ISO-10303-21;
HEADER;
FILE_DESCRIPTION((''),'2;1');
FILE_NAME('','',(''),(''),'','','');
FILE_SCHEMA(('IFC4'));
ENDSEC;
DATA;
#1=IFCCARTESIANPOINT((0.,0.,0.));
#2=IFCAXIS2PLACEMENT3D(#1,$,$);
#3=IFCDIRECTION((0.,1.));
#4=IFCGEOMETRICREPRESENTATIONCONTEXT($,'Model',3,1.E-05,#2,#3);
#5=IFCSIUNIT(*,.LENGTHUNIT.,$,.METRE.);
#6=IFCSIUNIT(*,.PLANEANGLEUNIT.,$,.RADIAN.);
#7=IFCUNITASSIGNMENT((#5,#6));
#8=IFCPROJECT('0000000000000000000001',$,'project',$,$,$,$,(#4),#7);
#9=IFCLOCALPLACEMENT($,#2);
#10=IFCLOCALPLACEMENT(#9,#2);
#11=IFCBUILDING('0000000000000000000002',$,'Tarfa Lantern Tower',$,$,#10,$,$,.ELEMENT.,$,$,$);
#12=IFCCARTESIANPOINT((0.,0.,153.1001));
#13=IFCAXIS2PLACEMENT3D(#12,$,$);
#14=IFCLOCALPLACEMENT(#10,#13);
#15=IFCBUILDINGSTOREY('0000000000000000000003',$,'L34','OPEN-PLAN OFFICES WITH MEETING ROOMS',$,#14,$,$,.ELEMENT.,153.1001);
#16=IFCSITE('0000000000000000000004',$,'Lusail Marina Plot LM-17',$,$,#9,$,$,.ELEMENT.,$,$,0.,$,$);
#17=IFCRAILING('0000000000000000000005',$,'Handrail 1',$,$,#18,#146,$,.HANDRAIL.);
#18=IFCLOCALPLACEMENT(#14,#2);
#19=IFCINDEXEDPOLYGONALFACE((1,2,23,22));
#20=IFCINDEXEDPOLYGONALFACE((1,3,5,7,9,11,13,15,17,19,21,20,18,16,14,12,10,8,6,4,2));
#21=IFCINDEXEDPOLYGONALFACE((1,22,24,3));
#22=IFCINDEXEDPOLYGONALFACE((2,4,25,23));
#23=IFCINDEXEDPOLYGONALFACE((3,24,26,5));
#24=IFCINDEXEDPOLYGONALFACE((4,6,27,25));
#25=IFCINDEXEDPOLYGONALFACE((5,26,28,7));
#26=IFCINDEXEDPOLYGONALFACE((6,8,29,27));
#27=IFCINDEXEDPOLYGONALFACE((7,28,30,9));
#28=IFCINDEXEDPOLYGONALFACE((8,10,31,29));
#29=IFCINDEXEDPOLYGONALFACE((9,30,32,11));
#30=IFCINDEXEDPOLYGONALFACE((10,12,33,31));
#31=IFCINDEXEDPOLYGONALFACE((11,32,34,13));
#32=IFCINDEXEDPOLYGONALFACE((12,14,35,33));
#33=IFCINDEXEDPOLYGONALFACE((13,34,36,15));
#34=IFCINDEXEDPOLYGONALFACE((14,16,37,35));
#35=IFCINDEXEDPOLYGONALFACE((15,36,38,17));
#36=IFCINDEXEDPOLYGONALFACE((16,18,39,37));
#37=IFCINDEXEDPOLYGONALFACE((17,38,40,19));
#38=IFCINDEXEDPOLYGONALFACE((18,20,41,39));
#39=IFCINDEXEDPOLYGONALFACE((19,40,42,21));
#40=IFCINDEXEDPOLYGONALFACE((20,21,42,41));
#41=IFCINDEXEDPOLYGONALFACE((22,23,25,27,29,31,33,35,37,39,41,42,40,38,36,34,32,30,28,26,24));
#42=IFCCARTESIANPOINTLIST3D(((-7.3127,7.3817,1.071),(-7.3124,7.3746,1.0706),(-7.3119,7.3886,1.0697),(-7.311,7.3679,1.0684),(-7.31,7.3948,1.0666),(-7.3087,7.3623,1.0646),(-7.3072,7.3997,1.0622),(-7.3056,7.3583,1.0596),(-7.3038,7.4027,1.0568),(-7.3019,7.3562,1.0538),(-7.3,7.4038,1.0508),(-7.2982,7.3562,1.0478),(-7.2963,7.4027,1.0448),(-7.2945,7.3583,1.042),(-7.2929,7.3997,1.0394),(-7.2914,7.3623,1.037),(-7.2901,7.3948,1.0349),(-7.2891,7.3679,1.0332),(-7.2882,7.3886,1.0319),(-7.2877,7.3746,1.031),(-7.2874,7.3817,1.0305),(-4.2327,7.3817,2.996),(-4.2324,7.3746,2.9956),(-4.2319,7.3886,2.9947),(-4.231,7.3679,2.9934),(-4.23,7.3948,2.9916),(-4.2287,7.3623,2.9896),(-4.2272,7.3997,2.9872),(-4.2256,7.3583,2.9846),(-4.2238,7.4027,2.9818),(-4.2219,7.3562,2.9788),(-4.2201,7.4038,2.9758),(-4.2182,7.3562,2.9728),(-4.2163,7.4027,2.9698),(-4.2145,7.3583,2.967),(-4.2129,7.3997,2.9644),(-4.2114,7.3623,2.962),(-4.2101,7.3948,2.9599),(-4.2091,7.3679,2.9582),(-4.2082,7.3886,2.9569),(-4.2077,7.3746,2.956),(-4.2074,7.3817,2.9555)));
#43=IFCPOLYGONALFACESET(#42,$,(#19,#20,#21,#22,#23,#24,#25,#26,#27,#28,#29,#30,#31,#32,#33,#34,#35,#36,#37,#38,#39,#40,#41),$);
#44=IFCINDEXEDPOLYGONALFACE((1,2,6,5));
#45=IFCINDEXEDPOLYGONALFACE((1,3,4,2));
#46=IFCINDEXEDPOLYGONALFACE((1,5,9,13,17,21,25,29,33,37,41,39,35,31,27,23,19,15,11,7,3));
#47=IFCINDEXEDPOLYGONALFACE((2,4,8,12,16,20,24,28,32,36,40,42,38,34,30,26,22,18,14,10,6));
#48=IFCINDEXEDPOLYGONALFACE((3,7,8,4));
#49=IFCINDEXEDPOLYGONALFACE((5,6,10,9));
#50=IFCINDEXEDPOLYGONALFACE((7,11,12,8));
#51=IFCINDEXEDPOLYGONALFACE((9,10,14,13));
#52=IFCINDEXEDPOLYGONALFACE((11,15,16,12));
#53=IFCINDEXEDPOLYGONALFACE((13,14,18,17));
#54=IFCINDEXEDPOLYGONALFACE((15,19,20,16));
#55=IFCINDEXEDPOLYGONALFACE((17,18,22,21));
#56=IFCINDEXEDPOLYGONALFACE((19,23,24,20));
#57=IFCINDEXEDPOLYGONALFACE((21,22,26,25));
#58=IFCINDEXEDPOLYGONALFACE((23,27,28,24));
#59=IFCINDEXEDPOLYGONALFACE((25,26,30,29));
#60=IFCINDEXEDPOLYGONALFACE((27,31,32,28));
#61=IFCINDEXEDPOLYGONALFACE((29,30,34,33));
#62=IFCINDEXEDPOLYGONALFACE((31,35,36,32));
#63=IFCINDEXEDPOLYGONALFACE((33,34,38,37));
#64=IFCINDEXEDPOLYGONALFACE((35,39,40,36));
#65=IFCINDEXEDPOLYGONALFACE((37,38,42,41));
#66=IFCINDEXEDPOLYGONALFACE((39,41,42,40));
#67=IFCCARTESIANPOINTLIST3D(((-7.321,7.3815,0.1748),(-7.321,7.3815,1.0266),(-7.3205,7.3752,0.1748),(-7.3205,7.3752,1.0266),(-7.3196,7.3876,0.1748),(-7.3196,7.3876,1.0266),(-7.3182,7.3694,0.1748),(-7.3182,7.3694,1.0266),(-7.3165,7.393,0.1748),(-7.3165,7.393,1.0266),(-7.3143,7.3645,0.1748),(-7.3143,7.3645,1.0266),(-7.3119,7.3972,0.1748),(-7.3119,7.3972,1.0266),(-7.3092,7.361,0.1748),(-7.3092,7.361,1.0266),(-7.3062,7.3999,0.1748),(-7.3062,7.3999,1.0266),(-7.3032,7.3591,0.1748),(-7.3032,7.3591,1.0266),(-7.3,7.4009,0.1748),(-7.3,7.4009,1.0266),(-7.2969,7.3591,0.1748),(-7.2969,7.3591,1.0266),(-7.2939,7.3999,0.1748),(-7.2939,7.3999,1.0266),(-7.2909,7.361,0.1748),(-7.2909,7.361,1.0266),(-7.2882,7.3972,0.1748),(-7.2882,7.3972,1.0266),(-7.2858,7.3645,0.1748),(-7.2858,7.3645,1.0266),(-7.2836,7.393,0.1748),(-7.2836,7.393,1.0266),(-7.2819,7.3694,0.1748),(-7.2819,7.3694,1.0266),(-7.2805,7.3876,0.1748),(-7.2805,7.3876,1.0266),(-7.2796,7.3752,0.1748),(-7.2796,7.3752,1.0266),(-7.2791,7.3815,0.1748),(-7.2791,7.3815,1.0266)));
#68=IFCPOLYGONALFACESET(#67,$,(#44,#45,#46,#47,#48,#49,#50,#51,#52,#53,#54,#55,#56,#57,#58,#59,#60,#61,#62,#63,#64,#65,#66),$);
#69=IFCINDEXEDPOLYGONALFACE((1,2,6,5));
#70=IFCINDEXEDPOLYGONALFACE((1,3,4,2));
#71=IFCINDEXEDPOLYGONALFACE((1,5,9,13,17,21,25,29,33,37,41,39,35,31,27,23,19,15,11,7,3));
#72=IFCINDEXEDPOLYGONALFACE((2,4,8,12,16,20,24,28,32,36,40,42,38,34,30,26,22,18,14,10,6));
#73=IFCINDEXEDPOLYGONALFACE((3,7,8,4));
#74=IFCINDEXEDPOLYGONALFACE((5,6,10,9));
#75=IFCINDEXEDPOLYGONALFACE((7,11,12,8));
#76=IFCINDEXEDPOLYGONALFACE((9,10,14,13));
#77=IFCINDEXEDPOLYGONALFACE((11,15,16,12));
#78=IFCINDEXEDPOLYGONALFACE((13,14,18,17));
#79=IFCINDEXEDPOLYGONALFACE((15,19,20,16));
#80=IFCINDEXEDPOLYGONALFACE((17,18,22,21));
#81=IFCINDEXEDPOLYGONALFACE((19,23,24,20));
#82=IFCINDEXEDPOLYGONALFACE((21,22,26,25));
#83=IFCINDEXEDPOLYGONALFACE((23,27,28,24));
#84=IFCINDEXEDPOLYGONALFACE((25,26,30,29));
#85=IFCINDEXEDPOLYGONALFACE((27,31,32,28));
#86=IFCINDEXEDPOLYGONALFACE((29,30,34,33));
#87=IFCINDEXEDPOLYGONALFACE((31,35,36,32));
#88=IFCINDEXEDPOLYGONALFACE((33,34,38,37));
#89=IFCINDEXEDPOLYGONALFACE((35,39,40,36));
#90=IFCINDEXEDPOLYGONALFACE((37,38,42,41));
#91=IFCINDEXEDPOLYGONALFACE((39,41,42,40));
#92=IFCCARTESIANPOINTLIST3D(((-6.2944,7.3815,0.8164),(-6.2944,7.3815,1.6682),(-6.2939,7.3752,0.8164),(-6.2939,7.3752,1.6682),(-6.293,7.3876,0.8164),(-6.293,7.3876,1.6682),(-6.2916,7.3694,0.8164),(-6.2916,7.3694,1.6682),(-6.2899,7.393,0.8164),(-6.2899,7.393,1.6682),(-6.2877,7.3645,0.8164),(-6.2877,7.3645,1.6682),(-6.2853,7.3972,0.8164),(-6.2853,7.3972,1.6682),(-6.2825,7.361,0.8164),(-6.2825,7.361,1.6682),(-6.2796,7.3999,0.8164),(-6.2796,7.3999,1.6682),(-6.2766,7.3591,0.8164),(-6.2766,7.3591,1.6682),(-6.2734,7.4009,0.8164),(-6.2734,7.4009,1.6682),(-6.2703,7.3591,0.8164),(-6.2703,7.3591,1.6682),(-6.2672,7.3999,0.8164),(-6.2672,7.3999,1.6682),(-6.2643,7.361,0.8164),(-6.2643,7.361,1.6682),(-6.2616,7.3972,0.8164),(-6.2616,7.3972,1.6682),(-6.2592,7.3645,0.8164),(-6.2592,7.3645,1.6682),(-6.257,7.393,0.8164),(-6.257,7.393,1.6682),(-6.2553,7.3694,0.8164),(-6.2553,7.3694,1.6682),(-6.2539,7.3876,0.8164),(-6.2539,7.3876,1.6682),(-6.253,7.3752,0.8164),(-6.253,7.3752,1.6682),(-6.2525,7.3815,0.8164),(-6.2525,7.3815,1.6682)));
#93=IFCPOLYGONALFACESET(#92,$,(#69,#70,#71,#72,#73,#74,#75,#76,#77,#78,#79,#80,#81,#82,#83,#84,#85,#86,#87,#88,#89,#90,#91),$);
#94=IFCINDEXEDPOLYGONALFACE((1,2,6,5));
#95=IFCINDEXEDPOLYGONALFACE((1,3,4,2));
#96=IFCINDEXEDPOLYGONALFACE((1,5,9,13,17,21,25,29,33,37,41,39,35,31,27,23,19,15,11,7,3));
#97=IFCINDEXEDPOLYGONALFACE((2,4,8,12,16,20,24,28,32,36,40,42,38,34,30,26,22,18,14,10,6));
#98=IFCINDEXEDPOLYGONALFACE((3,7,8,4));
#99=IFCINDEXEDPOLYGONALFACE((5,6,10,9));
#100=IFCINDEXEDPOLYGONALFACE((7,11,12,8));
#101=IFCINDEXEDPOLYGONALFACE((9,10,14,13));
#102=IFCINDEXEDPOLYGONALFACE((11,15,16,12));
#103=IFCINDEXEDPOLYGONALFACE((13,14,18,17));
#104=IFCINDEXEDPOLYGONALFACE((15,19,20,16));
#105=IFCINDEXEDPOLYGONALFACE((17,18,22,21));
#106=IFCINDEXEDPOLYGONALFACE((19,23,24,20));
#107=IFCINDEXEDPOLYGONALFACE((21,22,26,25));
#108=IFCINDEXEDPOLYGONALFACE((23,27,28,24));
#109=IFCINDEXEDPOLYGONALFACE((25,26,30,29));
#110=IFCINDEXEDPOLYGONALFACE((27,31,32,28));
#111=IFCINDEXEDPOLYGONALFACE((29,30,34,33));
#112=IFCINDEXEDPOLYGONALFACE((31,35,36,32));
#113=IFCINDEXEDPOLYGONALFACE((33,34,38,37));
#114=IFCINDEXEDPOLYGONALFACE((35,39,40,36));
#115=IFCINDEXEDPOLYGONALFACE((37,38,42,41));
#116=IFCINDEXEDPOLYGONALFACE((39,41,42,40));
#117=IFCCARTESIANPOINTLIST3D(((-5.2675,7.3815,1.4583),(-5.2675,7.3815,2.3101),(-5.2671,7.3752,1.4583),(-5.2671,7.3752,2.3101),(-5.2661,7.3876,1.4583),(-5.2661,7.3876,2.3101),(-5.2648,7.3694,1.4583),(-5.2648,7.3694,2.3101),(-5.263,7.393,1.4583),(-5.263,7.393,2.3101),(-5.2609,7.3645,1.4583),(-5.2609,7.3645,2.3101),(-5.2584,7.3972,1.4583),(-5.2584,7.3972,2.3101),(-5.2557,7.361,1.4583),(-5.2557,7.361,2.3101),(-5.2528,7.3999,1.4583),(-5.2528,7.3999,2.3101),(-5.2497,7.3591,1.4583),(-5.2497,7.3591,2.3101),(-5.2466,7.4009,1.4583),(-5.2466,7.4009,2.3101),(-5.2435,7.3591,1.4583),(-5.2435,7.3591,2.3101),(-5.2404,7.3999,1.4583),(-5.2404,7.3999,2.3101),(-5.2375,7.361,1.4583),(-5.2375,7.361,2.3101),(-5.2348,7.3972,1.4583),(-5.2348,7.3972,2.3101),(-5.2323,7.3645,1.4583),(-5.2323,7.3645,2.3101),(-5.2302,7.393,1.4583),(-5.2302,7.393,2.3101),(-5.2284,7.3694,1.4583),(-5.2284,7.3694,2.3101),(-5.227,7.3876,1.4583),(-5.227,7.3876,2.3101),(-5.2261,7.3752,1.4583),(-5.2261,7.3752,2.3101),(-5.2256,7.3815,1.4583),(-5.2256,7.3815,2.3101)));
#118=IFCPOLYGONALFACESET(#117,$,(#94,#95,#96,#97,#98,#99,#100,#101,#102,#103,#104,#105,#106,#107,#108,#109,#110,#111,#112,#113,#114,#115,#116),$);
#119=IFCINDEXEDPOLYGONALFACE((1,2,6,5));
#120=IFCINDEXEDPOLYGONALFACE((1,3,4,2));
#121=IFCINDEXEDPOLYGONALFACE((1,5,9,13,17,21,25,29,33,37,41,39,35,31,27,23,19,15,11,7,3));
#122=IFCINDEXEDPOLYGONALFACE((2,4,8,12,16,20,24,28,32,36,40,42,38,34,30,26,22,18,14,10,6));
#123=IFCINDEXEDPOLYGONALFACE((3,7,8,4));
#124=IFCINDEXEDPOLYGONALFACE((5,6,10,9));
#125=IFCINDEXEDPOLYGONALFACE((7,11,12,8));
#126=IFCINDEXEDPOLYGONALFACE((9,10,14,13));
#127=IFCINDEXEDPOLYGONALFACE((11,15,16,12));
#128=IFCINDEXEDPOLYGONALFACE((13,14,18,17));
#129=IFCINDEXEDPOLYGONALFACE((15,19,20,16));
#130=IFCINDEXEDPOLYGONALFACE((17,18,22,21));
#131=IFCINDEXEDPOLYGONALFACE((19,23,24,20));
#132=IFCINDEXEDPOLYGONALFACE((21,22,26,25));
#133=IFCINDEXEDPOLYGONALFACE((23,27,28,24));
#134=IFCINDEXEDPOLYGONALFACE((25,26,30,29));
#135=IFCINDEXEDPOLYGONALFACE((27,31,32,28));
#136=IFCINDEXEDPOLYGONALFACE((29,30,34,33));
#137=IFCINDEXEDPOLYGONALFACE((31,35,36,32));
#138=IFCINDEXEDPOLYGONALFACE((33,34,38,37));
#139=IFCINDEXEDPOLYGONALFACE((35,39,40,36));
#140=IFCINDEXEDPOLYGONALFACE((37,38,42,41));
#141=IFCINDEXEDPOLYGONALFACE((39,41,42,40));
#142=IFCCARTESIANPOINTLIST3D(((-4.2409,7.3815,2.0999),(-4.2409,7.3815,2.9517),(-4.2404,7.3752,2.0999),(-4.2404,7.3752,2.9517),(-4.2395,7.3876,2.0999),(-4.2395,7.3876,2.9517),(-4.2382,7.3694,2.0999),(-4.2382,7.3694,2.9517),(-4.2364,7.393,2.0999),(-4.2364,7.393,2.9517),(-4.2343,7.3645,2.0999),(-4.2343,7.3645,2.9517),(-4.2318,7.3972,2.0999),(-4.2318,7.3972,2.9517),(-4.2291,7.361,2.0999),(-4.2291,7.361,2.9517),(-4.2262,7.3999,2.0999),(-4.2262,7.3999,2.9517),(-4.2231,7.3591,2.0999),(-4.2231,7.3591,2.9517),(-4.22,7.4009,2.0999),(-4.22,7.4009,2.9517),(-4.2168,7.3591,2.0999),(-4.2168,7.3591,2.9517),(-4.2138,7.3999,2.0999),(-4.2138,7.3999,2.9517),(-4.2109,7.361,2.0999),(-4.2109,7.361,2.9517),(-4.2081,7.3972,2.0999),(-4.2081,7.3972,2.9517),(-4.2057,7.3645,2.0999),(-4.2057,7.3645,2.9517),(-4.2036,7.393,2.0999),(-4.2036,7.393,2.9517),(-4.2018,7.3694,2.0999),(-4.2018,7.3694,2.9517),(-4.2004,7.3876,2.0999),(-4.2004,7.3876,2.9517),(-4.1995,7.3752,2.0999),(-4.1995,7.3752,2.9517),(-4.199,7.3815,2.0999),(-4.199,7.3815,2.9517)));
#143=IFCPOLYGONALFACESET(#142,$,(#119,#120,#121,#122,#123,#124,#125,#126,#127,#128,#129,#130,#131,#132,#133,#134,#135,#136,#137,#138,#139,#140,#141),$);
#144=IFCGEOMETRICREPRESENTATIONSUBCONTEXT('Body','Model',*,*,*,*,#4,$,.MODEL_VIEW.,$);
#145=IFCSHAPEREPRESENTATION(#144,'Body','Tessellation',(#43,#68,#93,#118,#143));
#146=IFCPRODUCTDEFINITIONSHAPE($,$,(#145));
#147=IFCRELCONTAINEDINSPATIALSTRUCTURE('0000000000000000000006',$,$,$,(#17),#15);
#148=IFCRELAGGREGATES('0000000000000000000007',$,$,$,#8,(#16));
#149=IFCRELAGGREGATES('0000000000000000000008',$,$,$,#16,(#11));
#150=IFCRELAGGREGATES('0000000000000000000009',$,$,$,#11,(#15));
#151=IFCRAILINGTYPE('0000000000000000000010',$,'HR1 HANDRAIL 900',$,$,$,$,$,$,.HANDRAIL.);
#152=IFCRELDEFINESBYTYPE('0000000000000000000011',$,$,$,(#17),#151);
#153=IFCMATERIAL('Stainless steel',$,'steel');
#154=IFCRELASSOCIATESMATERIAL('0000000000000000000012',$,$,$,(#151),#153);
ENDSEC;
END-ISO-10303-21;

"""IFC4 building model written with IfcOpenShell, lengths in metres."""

from ifc_helpers import new_model, si_unit, direction, frame, origin, origin_2d, place, context, subcontext, project, spatial, circle, extrude, material, type_object, element, save


model = new_model("IFC4")

# Units and contexts
model_context = context("Model", 3, precision=1e-05, world=origin(), true_north=direction((0.0, 1.0)))
body_context = subcontext(model_context, "Body", "Model", "MODEL_VIEW")
ifc_project = project(units=[si_unit("LENGTHUNIT", "METRE"), si_unit("PLANEANGLEUNIT", "RADIAN")], contexts=[model_context])

# Site, building, storey
site_placement = place(None, origin())
site = spatial("IfcSite", under=ifc_project, at=site_placement, Name="Lusail Marina Plot LM-17", CompositionType="ELEMENT", RefElevation=0.0)
building_placement = place(site_placement, origin())
building = spatial("IfcBuilding", under=site, at=building_placement, Name="Tarfa Lantern Tower", CompositionType="ELEMENT")
storey_placement = place(building_placement, frame((0.0, 0.0, 153.1001)))
storey = spatial("IfcBuildingStorey", under=building, at=storey_placement, Name="L34", Description="OPEN-PLAN OFFICES WITH MEETING ROOMS", CompositionType="ELEMENT", Elevation=153.1001)

# Railing
ifc_material_1 = material(Name="Stainless steel", Category="steel")
railing_type = type_object("IfcRailingType", Name="HR1 HANDRAIL 900", PredefinedType="HANDRAIL", material=ifc_material_1)
railing_1_placement = place(storey_placement, frame((-7.3, 7.3799, 0.1748)))
element("IfcRailing", 1, at=railing_1_placement, inside=storey, type_object=railing_type, Name="Handrail 1", PredefinedType="HANDRAIL", context=body_context, shape_type="SweptSolid", body=[
    extrude(circle(Radius=0.0239, at=origin_2d()), frame((0.0, 0.0, 0.876), z_axis=(0.847998, 0.0, 0.529999), x_axis=(0.0, 1.0, 0.0)), (0.0, 0.0, 1.0), 3.6321),
    extrude(circle(Radius=0.021, at=origin_2d()), frame((0.0, 0.0, 0.0), z_axis=(0.0, 0.0, 1.0), x_axis=(0.0, 1.0, 0.0)), (0.0, 0.0, 1.0), 0.8518),
    extrude(circle(Radius=0.021, at=origin_2d()), frame((1.0266, 0.0, 0.6416), z_axis=(0.0, 0.0, 1.0), x_axis=(0.0, 1.0, 0.0)), (0.0, 0.0, 1.0), 0.8518),
    extrude(circle(Radius=0.021, at=origin_2d()), frame((2.0535, 0.0, 1.2834), z_axis=(0.0, 0.0, 1.0), x_axis=(0.0, 1.0, 0.0)), (0.0, 0.0, 1.0), 0.8518),
    extrude(circle(Radius=0.021, at=origin_2d()), frame((3.0801, 0.0, 1.925), z_axis=(0.0, 0.0, 1.0), x_axis=(0.0, 1.0, 0.0)), (0.0, 0.0, 1.0), 0.8518),
])

save(model, "model.ifc")
